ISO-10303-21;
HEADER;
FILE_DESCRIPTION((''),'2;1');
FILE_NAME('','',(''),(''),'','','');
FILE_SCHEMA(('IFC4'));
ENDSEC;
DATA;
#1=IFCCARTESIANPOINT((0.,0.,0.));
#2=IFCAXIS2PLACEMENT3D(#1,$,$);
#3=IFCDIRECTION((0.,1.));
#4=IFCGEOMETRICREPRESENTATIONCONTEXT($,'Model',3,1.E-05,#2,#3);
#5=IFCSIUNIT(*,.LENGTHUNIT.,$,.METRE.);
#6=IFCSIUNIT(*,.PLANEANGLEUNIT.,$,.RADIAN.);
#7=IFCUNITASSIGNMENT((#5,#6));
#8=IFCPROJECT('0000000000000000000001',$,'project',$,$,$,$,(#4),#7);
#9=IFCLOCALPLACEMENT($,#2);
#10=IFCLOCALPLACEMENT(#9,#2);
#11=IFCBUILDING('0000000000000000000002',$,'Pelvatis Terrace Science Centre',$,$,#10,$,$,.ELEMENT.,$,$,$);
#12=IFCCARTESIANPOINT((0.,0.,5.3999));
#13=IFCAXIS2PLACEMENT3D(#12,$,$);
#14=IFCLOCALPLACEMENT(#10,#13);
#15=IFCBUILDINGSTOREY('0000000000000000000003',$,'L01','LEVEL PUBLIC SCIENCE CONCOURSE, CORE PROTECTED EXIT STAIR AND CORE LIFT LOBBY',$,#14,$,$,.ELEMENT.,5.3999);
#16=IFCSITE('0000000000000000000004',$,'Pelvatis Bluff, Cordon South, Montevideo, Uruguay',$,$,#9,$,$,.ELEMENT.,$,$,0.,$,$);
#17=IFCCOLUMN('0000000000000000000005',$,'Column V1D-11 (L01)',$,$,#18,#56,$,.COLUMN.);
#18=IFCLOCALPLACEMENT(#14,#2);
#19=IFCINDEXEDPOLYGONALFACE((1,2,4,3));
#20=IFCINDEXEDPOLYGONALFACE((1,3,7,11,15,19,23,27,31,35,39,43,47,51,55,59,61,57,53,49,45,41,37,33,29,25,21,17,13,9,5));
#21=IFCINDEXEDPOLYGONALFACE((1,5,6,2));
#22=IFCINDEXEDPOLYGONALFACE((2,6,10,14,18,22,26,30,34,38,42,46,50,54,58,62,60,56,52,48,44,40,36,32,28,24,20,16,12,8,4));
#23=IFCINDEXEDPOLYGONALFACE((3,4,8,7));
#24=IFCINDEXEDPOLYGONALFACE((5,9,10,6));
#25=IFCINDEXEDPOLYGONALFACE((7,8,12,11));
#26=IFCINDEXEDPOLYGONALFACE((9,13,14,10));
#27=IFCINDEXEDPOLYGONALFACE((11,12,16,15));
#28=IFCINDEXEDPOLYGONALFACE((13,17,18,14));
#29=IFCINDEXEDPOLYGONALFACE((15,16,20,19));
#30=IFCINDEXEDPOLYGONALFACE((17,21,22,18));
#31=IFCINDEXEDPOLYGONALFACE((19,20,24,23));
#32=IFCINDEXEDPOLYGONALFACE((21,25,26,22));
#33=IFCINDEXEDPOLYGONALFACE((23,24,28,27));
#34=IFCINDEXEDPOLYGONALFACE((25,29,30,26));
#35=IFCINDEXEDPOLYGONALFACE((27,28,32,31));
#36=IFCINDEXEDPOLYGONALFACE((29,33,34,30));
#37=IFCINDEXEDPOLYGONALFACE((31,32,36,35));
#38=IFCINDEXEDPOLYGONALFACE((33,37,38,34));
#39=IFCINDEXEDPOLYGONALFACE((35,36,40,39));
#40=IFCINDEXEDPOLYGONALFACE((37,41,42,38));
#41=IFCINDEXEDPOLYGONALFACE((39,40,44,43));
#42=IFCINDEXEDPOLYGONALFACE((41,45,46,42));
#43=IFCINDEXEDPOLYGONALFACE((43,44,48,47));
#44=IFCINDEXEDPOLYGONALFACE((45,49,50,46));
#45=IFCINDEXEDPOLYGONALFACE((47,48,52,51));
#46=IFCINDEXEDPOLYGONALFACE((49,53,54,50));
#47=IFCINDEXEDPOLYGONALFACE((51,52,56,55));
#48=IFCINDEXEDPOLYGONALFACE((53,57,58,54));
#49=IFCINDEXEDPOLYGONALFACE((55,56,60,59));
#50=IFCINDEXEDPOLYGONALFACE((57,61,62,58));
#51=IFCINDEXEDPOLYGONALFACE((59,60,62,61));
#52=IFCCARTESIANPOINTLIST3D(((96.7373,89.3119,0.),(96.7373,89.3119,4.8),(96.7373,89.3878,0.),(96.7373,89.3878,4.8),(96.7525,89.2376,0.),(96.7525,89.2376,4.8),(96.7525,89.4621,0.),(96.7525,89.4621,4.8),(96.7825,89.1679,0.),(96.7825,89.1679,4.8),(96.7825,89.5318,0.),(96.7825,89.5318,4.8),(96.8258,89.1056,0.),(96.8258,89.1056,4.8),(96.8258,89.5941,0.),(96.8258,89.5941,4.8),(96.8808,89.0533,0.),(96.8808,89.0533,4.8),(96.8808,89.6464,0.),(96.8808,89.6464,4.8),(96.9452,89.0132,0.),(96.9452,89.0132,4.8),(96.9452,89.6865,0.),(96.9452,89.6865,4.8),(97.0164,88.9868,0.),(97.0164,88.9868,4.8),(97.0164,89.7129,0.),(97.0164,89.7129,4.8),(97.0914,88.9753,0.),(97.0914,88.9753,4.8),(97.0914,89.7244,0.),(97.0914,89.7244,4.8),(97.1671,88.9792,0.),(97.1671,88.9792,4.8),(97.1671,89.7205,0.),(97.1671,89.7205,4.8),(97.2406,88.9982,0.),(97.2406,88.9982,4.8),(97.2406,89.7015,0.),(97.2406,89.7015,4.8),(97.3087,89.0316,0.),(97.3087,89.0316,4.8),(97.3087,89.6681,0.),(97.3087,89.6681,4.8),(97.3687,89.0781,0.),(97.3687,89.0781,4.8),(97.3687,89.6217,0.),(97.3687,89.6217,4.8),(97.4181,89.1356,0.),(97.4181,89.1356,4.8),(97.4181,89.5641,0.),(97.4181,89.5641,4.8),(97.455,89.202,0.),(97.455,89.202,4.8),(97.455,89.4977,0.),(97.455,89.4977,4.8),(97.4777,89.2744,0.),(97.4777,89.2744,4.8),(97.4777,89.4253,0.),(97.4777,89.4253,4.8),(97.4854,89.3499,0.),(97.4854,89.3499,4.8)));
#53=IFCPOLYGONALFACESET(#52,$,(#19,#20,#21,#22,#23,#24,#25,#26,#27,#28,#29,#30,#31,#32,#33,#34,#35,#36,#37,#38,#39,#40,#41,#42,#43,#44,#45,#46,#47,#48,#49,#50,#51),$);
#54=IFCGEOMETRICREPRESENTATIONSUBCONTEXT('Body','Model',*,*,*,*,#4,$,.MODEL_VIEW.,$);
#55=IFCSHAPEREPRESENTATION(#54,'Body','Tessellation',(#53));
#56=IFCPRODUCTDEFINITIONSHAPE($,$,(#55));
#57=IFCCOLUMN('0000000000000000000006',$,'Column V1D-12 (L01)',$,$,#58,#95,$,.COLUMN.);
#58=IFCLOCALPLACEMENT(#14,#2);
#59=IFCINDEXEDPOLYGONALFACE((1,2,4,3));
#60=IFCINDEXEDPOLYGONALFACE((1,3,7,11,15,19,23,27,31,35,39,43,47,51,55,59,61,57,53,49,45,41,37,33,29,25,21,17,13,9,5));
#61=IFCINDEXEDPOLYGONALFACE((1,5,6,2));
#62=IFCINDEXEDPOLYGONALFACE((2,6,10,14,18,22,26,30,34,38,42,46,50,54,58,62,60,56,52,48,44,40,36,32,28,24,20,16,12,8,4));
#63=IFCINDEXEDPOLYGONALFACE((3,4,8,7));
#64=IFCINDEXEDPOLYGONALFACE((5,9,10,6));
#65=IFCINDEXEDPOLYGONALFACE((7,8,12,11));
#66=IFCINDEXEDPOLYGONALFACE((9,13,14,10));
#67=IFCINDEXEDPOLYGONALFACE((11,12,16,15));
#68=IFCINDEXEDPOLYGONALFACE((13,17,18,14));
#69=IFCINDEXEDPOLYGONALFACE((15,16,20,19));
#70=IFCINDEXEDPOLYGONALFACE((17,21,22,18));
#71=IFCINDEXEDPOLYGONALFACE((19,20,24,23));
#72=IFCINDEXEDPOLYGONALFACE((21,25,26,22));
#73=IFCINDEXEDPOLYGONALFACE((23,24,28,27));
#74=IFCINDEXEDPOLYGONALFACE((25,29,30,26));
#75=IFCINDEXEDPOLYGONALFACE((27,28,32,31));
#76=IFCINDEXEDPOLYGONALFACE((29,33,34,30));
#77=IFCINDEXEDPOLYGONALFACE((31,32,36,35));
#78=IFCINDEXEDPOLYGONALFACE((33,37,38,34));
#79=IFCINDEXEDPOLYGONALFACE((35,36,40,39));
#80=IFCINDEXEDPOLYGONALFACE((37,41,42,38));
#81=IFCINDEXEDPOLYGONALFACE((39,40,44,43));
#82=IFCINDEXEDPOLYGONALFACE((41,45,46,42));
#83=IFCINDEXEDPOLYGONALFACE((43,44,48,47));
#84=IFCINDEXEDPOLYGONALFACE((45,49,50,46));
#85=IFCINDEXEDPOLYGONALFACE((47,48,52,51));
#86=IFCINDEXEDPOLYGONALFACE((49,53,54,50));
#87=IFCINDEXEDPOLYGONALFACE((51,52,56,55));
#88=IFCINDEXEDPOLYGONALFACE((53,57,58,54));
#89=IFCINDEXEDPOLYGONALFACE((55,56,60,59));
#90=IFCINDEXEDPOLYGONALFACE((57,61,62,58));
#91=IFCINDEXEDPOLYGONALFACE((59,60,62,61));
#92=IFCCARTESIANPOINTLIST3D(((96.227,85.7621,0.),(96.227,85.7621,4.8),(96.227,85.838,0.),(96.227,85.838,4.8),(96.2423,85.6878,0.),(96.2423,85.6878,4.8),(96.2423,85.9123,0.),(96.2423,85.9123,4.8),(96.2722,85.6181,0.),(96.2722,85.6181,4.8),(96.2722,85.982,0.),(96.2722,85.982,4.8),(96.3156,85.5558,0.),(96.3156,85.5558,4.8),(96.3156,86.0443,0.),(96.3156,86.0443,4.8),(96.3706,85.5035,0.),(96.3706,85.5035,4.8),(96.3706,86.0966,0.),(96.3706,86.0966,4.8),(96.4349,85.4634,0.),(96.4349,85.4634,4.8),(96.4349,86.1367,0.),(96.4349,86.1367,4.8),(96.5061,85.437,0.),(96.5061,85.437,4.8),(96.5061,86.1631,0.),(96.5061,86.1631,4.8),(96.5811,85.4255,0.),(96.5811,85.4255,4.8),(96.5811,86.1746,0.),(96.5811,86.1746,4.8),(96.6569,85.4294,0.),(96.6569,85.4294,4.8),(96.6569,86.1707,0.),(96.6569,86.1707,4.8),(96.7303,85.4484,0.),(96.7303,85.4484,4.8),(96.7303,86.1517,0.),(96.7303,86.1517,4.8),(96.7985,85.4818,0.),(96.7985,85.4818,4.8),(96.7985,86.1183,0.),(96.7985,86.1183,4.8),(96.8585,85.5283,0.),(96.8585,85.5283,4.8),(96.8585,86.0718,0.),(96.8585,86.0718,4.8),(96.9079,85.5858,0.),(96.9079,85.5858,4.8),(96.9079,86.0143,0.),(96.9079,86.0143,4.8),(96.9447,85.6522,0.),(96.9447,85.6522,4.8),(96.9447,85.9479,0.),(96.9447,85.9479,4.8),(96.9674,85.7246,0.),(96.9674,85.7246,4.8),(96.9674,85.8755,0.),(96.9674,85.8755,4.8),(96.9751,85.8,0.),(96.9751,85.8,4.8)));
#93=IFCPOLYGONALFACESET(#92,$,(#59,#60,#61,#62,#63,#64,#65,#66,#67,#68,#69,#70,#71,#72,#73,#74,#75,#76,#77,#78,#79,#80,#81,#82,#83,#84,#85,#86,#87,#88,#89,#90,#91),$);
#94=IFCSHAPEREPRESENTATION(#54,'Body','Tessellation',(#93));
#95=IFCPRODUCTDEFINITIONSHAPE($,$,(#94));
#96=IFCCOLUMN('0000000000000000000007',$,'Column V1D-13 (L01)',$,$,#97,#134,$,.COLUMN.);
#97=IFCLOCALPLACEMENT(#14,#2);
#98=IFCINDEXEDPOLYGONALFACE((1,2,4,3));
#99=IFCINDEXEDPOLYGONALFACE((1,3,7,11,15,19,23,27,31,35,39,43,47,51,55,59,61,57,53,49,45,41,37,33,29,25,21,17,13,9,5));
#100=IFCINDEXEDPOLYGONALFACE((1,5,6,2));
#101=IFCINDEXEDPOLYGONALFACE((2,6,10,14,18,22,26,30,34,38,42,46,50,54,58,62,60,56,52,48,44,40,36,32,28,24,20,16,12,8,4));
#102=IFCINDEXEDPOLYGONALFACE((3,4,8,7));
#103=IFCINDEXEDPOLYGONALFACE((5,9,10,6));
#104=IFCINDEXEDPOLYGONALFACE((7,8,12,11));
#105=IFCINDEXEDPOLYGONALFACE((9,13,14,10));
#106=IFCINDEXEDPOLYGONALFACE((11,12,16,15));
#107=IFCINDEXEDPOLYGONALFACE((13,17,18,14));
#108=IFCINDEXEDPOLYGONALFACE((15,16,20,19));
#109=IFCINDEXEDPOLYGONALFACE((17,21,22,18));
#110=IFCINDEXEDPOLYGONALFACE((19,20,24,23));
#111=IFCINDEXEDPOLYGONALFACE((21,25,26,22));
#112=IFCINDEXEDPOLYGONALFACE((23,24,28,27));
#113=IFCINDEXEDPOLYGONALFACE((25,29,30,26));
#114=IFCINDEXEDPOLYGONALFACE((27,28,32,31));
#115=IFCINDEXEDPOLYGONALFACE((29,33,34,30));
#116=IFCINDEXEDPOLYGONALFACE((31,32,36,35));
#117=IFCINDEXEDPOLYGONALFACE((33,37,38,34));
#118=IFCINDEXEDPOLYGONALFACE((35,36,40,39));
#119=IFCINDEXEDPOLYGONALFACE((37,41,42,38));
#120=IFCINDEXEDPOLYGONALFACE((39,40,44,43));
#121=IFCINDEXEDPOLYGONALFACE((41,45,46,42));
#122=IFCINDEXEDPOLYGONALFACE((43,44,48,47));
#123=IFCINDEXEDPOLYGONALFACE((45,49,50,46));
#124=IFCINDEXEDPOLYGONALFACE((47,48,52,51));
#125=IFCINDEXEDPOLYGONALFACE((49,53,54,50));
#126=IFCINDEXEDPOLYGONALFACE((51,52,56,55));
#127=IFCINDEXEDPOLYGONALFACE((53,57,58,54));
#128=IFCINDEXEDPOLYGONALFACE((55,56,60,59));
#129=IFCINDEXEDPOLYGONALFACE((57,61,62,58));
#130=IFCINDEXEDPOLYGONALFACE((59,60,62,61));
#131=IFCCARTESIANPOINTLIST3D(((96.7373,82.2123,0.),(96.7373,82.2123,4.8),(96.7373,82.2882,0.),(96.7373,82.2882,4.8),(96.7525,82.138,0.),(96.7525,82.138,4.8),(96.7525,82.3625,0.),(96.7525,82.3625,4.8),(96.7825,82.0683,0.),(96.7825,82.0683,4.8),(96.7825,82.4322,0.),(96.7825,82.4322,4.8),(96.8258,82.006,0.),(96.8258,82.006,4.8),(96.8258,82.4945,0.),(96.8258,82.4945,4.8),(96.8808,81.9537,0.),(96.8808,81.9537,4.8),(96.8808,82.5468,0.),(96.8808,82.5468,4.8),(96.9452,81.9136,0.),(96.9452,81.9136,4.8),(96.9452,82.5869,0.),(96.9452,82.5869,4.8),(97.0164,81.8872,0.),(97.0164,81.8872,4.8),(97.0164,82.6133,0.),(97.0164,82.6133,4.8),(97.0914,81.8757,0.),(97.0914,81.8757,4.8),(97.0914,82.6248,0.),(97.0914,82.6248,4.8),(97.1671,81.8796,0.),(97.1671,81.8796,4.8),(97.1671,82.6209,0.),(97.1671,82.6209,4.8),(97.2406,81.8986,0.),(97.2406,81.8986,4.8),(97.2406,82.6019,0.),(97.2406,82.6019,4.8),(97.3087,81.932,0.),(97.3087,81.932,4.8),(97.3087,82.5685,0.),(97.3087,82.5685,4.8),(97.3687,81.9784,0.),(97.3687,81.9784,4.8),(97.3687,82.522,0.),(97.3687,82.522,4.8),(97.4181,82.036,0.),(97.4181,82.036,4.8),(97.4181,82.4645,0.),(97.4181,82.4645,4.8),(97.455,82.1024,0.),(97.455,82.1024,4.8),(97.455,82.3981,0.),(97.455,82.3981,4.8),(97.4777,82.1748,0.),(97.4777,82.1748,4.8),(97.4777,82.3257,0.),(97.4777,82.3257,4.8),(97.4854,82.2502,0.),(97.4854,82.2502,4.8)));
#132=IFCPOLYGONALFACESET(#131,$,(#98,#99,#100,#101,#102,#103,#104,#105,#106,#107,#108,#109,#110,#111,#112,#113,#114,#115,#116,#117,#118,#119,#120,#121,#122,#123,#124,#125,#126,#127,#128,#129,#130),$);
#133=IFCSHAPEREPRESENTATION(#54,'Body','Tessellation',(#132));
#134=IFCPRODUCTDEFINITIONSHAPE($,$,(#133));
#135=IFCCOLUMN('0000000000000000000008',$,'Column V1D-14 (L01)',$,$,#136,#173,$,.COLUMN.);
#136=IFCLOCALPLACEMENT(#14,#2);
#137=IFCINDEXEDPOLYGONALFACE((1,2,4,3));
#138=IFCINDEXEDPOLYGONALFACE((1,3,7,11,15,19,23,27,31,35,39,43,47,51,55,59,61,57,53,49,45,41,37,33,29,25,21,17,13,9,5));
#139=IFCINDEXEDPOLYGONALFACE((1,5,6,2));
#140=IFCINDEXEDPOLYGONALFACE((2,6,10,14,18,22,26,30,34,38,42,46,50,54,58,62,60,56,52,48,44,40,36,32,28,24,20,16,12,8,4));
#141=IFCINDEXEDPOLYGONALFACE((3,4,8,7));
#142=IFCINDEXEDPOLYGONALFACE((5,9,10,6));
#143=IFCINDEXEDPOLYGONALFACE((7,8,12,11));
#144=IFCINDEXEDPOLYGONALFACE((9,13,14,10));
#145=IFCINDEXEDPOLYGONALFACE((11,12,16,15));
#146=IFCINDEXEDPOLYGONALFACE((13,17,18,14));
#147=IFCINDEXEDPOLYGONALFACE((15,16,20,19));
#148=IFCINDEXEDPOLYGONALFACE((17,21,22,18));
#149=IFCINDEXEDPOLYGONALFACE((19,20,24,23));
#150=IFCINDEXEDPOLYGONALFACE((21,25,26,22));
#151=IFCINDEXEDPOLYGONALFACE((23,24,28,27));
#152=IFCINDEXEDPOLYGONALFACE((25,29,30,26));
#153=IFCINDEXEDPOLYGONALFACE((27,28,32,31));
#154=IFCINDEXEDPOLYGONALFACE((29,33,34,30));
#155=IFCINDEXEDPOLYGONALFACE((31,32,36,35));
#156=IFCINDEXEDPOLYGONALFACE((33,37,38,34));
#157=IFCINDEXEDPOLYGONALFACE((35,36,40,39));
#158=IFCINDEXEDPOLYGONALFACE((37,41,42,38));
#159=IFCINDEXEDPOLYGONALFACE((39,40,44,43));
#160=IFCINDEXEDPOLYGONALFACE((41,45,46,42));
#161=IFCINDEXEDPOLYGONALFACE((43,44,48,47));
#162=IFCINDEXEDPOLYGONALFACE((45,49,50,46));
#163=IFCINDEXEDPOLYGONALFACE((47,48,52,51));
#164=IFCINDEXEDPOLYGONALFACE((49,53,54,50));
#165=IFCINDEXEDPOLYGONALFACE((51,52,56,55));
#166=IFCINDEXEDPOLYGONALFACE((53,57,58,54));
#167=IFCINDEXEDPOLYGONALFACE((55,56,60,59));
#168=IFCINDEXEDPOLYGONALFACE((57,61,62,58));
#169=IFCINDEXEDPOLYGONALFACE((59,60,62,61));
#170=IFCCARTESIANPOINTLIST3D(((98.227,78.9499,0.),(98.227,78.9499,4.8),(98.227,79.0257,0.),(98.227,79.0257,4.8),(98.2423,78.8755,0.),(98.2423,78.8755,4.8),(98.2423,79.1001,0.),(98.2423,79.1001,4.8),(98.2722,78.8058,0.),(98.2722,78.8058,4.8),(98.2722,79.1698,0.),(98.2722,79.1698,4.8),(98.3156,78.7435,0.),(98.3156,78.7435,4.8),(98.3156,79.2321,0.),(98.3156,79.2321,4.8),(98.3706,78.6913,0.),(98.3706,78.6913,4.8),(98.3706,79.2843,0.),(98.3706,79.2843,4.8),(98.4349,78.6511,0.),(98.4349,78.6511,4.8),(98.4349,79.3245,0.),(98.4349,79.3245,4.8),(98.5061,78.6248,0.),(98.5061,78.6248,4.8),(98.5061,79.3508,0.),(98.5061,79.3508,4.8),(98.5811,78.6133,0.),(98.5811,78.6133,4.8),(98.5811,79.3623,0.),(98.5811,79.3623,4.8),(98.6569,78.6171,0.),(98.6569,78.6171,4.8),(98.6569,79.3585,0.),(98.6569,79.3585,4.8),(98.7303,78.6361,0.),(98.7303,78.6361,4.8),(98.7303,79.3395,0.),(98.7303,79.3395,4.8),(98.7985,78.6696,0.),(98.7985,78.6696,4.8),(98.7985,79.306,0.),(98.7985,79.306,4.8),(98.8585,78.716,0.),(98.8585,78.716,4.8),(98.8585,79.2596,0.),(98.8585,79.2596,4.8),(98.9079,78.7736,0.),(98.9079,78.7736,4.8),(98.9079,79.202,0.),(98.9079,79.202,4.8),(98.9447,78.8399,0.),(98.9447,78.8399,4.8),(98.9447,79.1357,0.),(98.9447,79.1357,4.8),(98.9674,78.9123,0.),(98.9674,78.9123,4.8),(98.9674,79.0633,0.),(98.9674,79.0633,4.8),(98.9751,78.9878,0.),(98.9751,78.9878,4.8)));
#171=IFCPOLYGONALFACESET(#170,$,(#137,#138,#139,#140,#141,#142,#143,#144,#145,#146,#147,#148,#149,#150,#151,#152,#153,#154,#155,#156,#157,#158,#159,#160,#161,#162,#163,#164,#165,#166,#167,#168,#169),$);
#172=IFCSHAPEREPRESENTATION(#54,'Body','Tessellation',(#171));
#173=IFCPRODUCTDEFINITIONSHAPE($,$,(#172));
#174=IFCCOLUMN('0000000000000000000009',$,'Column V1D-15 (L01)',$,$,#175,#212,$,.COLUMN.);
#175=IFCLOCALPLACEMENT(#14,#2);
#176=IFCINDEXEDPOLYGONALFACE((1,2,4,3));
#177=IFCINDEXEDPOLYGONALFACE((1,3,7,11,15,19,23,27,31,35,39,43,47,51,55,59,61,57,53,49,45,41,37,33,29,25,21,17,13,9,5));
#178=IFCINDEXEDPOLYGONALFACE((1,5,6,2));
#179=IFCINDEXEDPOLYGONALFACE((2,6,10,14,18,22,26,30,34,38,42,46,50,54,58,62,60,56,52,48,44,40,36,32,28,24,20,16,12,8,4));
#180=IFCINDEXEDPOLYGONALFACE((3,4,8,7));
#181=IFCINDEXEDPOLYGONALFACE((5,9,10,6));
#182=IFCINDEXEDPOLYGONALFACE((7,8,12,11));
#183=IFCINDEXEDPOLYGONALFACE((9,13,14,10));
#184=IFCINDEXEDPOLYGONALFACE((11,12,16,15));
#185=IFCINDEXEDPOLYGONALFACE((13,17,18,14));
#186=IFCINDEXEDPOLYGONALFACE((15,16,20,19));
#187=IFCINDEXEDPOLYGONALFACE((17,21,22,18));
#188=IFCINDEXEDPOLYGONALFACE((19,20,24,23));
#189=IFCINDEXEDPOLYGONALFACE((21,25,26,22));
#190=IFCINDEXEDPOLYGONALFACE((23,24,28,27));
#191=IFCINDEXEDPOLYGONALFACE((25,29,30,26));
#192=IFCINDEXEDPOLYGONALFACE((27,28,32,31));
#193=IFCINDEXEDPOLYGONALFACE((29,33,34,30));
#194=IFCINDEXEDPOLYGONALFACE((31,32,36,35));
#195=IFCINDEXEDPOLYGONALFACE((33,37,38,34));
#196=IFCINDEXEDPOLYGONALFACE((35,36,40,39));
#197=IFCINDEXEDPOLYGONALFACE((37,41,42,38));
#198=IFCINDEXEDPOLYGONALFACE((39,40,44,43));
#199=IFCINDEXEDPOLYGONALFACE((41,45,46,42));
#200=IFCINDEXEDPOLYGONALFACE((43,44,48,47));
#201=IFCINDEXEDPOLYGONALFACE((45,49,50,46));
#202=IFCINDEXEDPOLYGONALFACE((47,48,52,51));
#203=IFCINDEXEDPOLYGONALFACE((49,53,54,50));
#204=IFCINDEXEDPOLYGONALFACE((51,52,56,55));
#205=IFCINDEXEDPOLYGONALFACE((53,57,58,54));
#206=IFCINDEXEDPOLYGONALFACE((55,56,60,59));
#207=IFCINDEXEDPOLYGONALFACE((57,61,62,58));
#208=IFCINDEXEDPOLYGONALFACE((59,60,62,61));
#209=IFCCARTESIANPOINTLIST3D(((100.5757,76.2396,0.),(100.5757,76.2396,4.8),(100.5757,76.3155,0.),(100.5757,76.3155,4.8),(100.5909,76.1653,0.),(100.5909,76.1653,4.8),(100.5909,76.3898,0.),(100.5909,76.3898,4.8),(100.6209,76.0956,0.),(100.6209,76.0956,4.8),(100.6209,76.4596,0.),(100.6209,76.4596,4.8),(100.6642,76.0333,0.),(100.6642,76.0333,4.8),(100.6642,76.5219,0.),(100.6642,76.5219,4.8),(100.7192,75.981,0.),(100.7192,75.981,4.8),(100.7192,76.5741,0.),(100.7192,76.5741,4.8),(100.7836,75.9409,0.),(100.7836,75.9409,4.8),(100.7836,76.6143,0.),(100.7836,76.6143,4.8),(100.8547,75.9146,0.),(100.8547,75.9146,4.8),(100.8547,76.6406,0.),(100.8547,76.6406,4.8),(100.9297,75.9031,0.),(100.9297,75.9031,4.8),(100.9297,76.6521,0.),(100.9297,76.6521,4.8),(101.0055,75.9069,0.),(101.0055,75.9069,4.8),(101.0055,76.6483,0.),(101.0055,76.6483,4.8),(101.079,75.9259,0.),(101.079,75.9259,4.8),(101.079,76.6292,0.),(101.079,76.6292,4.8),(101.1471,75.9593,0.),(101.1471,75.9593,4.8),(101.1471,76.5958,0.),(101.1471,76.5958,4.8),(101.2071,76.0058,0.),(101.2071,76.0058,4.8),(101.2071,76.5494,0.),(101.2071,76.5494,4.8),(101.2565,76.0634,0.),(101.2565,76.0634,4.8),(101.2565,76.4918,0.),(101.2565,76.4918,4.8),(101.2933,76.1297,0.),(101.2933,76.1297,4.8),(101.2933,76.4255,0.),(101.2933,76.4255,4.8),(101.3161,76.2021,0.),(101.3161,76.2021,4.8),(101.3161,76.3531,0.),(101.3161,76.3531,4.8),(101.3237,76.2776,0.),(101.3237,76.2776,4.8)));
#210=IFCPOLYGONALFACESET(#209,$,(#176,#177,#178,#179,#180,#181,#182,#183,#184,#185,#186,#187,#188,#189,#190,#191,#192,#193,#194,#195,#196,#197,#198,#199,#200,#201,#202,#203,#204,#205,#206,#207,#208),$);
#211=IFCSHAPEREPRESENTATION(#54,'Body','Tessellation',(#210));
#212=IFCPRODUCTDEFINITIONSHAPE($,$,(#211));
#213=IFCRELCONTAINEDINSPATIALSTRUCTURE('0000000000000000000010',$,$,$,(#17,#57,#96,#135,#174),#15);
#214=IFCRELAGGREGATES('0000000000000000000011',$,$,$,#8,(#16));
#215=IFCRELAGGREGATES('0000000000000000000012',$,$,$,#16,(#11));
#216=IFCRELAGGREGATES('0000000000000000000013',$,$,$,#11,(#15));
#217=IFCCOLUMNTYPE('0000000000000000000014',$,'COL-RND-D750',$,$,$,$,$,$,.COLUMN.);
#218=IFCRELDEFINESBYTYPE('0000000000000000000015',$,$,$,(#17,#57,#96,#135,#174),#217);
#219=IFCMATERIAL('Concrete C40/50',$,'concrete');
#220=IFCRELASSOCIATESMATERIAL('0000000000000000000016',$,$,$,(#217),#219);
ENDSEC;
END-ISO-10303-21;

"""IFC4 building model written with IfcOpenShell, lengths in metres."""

from ifc_helpers import new_model, si_unit, direction, frame, origin, origin_2d, place, context, subcontext, project, spatial, circle, extrude, material, material_profile, profile_set, type_object, element, save


model = new_model("IFC4")

# Units and contexts
model_context = context("Model", 3, precision=1e-05, world=origin(), true_north=direction((0.0, 1.0)))
body_context = subcontext(model_context, "Body", "Model", "MODEL_VIEW")
ifc_project = project(units=[si_unit("LENGTHUNIT", "METRE"), si_unit("PLANEANGLEUNIT", "RADIAN")], contexts=[model_context])

# Site, building, storey
site_placement = place(None, origin())
site = spatial("IfcSite", under=ifc_project, at=site_placement, Name="Pelvatis Bluff, Cordon South, Montevideo, Uruguay", CompositionType="ELEMENT", RefElevation=0.0)
building_placement = place(site_placement, origin())
building = spatial("IfcBuilding", under=site, at=building_placement, Name="Pelvatis Terrace Science Centre", CompositionType="ELEMENT")
storey_placement = place(building_placement, frame((0.0, 0.0, 5.3999)))
storey = spatial("IfcBuildingStorey", under=building, at=storey_placement, Name="L01", Description="LEVEL PUBLIC SCIENCE CONCOURSE, CORE PROTECTED EXIT STAIR AND CORE LIFT LOBBY", CompositionType="ELEMENT", Elevation=5.3999)

# Columns
ifc_material_1 = material(Name="Concrete C40/50", Category="concrete")
ifc_material_profile_1 = material_profile(ifc_material_1, circle(Radius=0.375, at=origin_2d()), Name="RC-RCOL D750")
ifc_profile_set_1 = profile_set([ifc_material_profile_1], Name="Concrete C40/50")
column_type_1 = type_object("IfcColumnType", Name="COL-RND-D750", PredefinedType="COLUMN", material=ifc_profile_set_1)
for number, where, z_axis, x_axis, name in (
    (1, (97.1104, 89.3499, 0.0), (0.0, 0.0, 1.0), (1.0, 0.0, 0.0), "Column V1D-11 (L01)"),
    (2, (96.6001, 85.8, 0.0), (0.0, 0.0, 1.0), (1.0, 0.0, 0.0), "Column V1D-12 (L01)"),
    (3, (97.1104, 82.2502, 0.0), (0.0, 0.0, 1.0), (1.0, 0.0, 0.0), "Column V1D-13 (L01)"),
    (4, (98.6001, 78.9878, 0.0), (0.0, 0.0, 1.0), (1.0, 0.0, 0.0), "Column V1D-14 (L01)"),
    (5, (100.9487, 76.2776, 0.0), (0.0, 0.0, 1.0), (1.0, 0.0, 0.0), "Column V1D-15 (L01)"),
):
    element("IfcColumn", number, at=place(storey_placement, frame(where, z_axis=z_axis, x_axis=x_axis)), inside=storey, type_object=column_type_1, Name=name, PredefinedType="COLUMN", context=body_context, shape_type="SweptSolid", body=[
        extrude(circle(Radius=0.375, at=origin_2d()), origin(), (0.0, 0.0, 1.0), 4.8),
    ])

save(model, "model.ifc")
